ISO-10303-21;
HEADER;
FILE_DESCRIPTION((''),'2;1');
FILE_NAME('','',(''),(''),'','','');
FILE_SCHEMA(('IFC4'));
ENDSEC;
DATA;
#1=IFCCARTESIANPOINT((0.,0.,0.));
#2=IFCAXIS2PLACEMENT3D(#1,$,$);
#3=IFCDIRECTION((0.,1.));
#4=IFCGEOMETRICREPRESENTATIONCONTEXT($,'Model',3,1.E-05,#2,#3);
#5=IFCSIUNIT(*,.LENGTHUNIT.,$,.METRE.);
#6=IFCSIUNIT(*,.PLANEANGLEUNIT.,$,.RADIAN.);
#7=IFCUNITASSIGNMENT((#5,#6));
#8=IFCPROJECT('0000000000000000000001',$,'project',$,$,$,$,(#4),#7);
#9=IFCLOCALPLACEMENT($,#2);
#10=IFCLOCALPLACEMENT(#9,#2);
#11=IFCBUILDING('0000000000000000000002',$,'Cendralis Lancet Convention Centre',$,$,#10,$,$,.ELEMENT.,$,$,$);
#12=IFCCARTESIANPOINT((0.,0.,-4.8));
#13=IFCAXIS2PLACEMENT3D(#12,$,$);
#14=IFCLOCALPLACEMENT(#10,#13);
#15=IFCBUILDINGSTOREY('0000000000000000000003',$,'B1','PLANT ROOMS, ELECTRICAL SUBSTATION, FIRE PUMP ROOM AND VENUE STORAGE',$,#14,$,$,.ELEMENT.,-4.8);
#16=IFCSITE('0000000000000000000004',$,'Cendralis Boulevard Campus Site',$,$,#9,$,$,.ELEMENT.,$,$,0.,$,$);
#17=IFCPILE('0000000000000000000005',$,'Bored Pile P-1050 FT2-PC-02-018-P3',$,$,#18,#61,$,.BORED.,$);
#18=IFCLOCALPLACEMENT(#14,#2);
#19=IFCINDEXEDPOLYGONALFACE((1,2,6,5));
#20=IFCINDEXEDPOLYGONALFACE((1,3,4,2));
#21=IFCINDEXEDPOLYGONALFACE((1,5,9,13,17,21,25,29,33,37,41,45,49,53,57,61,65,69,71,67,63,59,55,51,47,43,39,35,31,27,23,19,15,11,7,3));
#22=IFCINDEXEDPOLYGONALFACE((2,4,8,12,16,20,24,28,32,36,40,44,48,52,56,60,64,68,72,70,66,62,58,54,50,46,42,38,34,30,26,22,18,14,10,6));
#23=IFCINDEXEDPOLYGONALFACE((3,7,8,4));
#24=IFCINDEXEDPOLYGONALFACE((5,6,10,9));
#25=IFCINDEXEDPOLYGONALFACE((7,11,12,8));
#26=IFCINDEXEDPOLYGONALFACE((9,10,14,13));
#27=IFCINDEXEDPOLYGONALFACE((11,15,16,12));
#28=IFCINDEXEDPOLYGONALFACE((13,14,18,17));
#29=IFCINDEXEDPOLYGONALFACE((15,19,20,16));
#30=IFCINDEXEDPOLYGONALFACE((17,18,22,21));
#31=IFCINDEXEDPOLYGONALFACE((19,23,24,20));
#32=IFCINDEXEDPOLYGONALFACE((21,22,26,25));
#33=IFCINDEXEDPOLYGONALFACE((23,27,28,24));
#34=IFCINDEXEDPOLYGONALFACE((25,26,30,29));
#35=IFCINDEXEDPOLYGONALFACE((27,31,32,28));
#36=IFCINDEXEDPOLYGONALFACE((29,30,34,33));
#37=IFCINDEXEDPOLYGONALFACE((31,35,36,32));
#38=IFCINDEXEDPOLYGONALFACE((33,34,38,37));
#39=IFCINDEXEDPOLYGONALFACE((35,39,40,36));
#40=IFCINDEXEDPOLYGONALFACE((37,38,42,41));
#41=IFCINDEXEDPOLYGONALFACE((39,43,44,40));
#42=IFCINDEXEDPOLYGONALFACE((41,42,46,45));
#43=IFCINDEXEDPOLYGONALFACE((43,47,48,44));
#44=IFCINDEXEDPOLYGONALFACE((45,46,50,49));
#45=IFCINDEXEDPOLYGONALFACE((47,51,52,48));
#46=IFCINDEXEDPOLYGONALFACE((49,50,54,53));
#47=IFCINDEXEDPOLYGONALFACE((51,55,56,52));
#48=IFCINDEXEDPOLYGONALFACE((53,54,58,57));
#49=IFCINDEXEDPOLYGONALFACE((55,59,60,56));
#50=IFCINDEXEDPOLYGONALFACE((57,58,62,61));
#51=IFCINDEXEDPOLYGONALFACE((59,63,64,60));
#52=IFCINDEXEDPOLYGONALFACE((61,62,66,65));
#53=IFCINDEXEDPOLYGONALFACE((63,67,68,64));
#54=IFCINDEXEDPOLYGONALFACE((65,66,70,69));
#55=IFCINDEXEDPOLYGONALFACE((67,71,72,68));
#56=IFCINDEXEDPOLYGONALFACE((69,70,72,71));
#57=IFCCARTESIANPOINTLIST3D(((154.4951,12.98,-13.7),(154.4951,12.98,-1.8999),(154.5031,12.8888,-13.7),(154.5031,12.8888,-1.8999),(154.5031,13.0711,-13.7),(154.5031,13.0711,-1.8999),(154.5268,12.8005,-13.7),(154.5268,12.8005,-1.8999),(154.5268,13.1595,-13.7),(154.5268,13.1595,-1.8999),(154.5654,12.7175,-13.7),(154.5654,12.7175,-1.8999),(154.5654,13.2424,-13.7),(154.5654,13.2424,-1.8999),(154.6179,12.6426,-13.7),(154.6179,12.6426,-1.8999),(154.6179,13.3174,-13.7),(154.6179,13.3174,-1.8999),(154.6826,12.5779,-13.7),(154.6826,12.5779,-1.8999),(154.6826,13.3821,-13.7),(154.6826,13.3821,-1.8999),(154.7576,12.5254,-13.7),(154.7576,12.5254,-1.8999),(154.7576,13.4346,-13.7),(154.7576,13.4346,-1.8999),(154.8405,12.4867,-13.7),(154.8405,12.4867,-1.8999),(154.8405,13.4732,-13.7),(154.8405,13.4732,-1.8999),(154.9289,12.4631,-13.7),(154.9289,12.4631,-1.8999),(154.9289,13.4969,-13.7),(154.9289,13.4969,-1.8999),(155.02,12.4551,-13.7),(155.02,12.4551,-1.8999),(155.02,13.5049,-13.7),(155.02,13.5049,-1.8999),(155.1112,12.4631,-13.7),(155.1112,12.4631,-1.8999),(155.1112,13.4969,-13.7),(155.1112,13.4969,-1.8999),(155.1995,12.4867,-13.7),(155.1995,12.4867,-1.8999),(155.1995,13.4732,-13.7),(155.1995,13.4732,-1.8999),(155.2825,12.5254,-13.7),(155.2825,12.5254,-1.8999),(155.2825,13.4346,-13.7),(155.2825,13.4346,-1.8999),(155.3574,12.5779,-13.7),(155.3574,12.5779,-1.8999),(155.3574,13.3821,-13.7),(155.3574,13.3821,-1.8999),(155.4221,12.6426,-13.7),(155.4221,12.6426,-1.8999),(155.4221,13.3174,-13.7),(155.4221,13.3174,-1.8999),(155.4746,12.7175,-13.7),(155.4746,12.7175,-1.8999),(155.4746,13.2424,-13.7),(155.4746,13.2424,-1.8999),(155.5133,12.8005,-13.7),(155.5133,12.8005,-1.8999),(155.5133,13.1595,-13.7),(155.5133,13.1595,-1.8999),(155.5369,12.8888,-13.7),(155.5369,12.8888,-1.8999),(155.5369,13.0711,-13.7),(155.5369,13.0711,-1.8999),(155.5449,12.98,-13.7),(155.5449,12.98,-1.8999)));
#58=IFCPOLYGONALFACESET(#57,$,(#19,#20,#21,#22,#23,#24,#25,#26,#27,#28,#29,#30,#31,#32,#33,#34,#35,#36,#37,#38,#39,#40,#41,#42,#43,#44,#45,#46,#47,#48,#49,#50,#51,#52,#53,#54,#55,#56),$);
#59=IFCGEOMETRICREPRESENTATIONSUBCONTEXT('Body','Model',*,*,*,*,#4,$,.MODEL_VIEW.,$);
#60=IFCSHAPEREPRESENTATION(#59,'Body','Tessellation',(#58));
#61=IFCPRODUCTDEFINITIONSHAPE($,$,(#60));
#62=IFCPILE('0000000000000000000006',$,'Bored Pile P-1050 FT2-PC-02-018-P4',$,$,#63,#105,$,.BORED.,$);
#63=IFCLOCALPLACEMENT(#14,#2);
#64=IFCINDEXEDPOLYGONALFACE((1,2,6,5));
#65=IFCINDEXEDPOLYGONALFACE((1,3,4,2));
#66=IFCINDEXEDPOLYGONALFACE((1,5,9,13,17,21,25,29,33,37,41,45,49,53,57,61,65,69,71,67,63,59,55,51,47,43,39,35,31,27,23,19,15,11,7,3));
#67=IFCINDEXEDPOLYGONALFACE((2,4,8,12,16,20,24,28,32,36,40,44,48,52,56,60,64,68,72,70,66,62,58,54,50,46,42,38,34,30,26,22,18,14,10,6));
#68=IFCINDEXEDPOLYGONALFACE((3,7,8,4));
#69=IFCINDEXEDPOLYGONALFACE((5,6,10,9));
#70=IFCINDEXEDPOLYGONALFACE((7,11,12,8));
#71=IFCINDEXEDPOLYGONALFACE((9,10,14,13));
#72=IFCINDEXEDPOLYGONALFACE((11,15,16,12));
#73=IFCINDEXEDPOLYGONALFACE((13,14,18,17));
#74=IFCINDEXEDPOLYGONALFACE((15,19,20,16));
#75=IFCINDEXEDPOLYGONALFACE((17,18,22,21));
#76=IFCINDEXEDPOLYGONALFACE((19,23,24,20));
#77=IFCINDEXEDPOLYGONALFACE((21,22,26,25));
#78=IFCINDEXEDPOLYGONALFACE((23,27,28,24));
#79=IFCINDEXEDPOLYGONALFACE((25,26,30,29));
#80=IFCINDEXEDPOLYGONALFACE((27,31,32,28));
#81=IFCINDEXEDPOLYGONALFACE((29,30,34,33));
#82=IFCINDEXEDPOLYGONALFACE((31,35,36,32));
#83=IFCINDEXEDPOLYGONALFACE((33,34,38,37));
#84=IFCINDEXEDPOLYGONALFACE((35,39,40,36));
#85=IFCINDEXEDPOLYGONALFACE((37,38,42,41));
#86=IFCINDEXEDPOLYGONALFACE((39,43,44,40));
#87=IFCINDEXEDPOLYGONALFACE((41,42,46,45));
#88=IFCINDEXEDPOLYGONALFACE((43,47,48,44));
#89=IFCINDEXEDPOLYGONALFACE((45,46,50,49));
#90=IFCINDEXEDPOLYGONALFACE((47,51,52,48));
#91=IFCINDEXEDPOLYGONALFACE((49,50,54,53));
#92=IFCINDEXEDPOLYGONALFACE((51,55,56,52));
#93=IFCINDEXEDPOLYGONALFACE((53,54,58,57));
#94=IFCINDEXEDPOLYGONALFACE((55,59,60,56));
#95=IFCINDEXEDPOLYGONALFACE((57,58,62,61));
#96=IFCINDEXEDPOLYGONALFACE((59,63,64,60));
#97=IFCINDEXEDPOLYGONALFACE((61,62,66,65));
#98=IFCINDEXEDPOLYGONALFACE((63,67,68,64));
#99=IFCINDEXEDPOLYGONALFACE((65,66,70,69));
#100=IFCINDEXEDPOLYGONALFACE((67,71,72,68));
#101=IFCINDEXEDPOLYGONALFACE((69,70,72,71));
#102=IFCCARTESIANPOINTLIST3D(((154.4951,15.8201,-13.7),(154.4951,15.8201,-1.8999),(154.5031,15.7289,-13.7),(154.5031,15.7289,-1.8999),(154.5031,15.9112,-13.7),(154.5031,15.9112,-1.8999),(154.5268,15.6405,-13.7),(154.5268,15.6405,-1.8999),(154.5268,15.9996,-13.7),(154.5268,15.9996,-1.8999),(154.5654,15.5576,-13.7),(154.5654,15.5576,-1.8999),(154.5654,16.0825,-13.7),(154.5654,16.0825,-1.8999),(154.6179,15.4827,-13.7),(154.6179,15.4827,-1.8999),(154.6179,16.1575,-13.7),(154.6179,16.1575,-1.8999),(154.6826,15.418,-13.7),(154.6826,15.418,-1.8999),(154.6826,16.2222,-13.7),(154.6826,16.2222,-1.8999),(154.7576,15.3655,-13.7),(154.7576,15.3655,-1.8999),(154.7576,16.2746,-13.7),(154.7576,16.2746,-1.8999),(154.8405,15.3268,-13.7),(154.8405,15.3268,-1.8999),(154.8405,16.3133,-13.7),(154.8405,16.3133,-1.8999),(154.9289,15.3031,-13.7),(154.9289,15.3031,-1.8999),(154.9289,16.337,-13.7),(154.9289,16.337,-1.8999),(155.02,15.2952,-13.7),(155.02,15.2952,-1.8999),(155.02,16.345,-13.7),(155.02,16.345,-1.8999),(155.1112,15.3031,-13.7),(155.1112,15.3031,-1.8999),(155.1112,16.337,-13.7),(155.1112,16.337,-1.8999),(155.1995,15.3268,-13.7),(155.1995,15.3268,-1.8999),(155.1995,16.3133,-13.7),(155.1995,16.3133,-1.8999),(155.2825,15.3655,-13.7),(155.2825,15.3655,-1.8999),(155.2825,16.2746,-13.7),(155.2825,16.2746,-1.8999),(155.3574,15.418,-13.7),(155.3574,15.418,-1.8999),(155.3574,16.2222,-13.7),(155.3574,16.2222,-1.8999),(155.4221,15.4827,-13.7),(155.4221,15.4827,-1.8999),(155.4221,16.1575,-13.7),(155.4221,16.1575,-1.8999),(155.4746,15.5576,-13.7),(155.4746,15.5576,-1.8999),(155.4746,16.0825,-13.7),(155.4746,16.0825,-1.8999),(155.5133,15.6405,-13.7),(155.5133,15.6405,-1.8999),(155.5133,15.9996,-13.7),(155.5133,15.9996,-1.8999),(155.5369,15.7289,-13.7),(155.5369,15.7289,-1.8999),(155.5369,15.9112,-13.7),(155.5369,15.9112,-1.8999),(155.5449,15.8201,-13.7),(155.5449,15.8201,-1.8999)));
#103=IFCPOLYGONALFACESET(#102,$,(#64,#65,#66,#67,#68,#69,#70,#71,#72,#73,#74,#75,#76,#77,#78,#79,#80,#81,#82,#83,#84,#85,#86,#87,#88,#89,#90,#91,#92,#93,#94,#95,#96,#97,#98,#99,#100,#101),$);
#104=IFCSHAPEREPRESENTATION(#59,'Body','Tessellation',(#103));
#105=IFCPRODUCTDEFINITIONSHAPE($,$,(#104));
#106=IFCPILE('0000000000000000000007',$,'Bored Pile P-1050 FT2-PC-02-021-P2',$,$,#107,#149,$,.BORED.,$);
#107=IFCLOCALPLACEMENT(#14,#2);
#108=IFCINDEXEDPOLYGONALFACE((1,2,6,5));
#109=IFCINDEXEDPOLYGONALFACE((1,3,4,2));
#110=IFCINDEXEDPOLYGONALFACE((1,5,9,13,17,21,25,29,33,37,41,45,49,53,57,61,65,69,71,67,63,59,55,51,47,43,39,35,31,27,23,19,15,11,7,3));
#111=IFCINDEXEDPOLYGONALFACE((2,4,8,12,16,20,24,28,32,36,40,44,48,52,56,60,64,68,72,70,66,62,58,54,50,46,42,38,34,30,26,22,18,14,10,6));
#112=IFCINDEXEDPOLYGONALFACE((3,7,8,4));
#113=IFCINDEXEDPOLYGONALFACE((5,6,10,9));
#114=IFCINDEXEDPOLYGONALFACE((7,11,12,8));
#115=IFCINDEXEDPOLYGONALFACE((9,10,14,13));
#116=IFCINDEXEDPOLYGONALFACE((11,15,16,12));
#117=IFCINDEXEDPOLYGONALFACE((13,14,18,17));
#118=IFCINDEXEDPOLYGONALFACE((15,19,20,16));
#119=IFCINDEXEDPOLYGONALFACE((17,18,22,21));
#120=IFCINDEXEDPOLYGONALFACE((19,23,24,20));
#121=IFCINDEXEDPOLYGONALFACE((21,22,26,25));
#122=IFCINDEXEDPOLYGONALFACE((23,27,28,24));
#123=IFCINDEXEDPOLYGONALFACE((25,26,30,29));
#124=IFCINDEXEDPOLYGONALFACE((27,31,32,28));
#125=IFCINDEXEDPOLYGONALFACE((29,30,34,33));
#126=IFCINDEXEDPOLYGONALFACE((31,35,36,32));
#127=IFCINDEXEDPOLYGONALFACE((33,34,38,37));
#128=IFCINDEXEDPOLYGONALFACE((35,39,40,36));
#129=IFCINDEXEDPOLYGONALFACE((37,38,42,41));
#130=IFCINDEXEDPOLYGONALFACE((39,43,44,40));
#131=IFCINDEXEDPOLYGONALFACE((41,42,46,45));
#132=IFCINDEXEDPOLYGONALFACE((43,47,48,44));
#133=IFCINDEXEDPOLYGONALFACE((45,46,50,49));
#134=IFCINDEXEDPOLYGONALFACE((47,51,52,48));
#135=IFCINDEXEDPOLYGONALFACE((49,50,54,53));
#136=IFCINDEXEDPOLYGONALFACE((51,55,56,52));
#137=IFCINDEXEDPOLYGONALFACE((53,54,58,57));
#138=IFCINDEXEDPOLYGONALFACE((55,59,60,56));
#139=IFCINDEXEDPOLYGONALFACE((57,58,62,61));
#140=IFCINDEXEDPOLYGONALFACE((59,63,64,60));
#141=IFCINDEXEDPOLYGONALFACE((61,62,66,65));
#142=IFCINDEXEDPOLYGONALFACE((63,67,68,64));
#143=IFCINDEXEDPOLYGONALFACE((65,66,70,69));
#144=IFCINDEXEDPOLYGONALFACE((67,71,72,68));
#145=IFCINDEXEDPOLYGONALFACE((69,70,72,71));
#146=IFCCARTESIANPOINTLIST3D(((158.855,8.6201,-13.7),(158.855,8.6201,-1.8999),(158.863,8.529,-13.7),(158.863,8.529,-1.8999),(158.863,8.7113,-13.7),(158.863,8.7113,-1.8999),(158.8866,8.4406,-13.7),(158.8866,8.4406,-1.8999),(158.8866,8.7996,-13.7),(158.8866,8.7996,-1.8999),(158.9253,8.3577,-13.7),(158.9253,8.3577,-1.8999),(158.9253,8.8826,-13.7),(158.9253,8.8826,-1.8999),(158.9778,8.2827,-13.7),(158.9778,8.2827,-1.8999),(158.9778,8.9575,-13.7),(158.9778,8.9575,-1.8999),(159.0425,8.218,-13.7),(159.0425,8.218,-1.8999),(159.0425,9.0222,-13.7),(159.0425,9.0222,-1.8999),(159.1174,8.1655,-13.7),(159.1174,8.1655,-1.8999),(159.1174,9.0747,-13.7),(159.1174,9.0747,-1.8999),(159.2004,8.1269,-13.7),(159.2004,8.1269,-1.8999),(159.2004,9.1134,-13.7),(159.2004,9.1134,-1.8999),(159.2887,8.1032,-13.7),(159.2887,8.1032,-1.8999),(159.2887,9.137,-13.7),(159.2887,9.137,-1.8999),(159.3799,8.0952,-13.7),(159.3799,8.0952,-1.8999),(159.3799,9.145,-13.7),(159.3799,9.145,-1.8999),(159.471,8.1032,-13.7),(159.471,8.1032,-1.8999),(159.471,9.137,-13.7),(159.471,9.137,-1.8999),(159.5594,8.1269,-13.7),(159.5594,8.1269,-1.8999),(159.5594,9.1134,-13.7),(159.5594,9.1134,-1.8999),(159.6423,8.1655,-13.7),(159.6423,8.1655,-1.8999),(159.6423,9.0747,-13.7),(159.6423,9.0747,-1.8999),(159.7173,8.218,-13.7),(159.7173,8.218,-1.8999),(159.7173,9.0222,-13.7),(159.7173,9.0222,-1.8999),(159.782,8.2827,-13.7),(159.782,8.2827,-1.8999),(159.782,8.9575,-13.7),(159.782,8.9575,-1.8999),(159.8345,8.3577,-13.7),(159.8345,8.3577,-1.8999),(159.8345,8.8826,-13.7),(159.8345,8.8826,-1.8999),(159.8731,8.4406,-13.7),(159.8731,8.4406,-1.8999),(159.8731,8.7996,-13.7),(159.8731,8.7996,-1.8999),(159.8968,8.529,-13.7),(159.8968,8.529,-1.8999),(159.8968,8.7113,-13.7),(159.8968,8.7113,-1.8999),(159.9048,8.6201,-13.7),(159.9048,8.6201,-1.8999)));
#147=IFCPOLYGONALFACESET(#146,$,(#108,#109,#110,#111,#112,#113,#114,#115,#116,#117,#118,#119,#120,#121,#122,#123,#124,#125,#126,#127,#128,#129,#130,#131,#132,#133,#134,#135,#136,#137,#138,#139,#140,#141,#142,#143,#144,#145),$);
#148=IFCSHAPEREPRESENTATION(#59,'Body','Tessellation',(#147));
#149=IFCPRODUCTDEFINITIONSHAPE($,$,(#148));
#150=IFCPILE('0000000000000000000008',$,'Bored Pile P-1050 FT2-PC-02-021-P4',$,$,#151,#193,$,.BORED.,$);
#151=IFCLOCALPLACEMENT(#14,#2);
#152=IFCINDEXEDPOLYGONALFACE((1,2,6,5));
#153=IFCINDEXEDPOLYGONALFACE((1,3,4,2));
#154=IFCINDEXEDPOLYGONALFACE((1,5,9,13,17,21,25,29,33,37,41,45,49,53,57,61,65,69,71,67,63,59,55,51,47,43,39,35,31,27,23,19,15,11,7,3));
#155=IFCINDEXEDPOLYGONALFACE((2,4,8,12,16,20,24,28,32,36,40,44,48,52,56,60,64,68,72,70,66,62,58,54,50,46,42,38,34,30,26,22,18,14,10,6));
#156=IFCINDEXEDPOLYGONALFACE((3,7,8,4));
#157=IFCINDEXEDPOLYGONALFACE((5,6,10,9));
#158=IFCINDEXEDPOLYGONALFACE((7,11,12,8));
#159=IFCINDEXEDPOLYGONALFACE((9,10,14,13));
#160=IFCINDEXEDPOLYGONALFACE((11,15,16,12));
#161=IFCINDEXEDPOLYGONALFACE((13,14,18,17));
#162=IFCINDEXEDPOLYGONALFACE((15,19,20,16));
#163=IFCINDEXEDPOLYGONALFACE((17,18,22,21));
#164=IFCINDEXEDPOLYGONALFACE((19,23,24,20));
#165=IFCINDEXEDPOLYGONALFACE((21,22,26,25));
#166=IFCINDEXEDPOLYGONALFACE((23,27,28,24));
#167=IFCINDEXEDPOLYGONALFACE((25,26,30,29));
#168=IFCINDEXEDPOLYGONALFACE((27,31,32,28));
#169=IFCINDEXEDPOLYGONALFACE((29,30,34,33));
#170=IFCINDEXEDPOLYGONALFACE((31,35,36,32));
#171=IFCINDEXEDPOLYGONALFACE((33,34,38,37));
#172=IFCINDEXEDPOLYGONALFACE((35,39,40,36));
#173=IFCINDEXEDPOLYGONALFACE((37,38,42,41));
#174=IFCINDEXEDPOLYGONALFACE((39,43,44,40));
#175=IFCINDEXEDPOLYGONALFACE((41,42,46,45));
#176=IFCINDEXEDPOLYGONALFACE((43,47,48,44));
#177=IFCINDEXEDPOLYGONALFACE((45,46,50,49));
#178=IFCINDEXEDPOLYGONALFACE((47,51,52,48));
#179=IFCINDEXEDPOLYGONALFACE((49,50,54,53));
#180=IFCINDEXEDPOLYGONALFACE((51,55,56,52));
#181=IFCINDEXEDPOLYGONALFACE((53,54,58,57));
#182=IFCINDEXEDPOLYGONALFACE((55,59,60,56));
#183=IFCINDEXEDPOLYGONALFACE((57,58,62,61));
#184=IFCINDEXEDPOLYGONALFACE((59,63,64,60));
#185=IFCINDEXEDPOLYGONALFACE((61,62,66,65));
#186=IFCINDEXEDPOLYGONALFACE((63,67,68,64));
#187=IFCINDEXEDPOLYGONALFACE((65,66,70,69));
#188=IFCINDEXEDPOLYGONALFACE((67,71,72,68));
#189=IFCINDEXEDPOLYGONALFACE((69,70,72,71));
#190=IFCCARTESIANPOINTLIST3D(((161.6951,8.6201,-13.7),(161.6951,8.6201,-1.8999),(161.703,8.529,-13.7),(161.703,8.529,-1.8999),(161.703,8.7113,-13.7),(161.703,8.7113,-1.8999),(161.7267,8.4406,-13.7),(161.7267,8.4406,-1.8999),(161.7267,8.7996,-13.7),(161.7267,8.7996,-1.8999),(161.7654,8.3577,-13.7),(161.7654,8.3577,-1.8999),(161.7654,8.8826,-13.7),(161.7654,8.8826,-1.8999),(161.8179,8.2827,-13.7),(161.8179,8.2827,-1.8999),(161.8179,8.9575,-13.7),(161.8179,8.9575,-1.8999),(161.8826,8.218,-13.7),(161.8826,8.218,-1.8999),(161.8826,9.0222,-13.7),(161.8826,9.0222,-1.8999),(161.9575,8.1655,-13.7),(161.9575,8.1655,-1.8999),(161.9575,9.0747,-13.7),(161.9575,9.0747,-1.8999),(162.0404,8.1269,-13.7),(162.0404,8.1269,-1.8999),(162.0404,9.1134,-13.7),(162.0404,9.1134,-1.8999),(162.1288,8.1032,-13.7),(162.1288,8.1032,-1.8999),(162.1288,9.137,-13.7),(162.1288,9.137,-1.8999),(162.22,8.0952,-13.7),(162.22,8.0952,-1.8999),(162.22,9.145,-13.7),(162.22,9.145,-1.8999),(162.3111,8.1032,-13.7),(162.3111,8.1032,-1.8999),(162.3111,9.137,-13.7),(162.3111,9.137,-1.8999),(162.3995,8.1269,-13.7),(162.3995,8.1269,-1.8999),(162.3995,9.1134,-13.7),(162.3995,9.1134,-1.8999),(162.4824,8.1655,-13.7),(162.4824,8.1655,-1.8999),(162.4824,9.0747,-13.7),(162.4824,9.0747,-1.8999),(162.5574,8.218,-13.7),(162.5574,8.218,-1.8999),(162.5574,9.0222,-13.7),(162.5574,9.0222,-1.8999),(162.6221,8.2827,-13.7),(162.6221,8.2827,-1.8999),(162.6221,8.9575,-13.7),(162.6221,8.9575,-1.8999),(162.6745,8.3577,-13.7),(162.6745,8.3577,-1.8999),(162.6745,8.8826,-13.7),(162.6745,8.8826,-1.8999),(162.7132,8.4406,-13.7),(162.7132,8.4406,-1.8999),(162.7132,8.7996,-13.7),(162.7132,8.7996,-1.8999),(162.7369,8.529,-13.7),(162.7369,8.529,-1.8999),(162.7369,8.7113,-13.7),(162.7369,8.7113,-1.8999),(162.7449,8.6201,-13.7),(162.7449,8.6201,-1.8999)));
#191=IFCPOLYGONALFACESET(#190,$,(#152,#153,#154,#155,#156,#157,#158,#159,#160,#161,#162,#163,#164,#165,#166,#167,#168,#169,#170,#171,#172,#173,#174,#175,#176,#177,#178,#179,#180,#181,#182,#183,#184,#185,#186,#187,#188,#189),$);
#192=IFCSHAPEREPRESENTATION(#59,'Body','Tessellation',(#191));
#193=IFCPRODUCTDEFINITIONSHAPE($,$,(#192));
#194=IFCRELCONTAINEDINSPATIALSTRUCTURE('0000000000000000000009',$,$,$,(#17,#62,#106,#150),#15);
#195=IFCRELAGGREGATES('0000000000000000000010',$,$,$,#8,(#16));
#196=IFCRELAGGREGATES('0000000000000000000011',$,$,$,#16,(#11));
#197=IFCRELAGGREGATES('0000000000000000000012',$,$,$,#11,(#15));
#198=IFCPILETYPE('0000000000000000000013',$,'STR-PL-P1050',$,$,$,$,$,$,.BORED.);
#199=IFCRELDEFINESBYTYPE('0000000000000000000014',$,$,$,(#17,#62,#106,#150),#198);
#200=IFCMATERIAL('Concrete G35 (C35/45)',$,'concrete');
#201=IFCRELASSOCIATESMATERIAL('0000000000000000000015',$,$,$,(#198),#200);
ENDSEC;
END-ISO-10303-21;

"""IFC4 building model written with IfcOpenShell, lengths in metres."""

from ifc_helpers import new_model, si_unit, direction, frame, origin, origin_2d, place, context, subcontext, project, spatial, circle, extrude, material, material_profile, profile_set, type_object, element, save


model = new_model("IFC4")

# Units and contexts
model_context = context("Model", 3, precision=1e-05, world=origin(), true_north=direction((0.0, 1.0)))
body_context = subcontext(model_context, "Body", "Model", "MODEL_VIEW")
ifc_project = project(units=[si_unit("LENGTHUNIT", "METRE"), si_unit("PLANEANGLEUNIT", "RADIAN")], contexts=[model_context])

# Site, building, storey
site_placement = place(None, origin())
site = spatial("IfcSite", under=ifc_project, at=site_placement, Name="Cendralis Boulevard Campus Site", CompositionType="ELEMENT", RefElevation=0.0)
building_placement = place(site_placement, origin())
building = spatial("IfcBuilding", under=site, at=building_placement, Name="Cendralis Lancet Convention Centre", CompositionType="ELEMENT")
storey_placement = place(building_placement, frame((0.0, 0.0, -4.8)))
storey = spatial("IfcBuildingStorey", under=building, at=storey_placement, Name="B1", Description="PLANT ROOMS, ELECTRICAL SUBSTATION, FIRE PUMP ROOM AND VENUE STORAGE", CompositionType="ELEMENT", Elevation=-4.8)

# Shared definitions
ifc_material_1 = material(Name="Concrete G35 (C35/45)", Category="concrete")

# Piles
ifc_material_profile_1 = material_profile(ifc_material_1, circle(Radius=0.5249, at=origin_2d()), Name="BORED PILE D1050")
ifc_profile_set_1 = profile_set([ifc_material_profile_1], Name="Concrete G35 (C35/45)")
pile_type = type_object("IfcPileType", Name="STR-PL-P1050", PredefinedType="BORED", material=ifc_profile_set_1)
for number, where, z_axis, x_axis, name in (
    (1, (155.02, 12.98, -1.8999), (0.0, 0.0, -1.0), (1.0, 0.0, 0.0), "Bored Pile P-1050 FT2-PC-02-018-P3"),
    (2, (155.02, 15.8201, -1.8999), (0.0, 0.0, -1.0), (1.0, 0.0, 0.0), "Bored Pile P-1050 FT2-PC-02-018-P4"),
    (3, (159.3799, 8.6201, -1.8999), (0.0, 0.0, -1.0), (1.0, 0.0, 0.0), "Bored Pile P-1050 FT2-PC-02-021-P2"),
    (4, (162.22, 8.6201, -1.8999), (0.0, 0.0, -1.0), (1.0, 0.0, 0.0), "Bored Pile P-1050 FT2-PC-02-021-P4"),
):
    element("IfcPile", number, at=place(storey_placement, frame(where, z_axis=z_axis, x_axis=x_axis)), inside=storey, type_object=pile_type, Name=name, PredefinedType="BORED", context=body_context, shape_type="SweptSolid", body=[
        extrude(circle(Radius=0.5249, at=origin_2d()), origin(), (0.0, 0.0, 1.0), 11.8),
    ])

save(model, "model.ifc")
